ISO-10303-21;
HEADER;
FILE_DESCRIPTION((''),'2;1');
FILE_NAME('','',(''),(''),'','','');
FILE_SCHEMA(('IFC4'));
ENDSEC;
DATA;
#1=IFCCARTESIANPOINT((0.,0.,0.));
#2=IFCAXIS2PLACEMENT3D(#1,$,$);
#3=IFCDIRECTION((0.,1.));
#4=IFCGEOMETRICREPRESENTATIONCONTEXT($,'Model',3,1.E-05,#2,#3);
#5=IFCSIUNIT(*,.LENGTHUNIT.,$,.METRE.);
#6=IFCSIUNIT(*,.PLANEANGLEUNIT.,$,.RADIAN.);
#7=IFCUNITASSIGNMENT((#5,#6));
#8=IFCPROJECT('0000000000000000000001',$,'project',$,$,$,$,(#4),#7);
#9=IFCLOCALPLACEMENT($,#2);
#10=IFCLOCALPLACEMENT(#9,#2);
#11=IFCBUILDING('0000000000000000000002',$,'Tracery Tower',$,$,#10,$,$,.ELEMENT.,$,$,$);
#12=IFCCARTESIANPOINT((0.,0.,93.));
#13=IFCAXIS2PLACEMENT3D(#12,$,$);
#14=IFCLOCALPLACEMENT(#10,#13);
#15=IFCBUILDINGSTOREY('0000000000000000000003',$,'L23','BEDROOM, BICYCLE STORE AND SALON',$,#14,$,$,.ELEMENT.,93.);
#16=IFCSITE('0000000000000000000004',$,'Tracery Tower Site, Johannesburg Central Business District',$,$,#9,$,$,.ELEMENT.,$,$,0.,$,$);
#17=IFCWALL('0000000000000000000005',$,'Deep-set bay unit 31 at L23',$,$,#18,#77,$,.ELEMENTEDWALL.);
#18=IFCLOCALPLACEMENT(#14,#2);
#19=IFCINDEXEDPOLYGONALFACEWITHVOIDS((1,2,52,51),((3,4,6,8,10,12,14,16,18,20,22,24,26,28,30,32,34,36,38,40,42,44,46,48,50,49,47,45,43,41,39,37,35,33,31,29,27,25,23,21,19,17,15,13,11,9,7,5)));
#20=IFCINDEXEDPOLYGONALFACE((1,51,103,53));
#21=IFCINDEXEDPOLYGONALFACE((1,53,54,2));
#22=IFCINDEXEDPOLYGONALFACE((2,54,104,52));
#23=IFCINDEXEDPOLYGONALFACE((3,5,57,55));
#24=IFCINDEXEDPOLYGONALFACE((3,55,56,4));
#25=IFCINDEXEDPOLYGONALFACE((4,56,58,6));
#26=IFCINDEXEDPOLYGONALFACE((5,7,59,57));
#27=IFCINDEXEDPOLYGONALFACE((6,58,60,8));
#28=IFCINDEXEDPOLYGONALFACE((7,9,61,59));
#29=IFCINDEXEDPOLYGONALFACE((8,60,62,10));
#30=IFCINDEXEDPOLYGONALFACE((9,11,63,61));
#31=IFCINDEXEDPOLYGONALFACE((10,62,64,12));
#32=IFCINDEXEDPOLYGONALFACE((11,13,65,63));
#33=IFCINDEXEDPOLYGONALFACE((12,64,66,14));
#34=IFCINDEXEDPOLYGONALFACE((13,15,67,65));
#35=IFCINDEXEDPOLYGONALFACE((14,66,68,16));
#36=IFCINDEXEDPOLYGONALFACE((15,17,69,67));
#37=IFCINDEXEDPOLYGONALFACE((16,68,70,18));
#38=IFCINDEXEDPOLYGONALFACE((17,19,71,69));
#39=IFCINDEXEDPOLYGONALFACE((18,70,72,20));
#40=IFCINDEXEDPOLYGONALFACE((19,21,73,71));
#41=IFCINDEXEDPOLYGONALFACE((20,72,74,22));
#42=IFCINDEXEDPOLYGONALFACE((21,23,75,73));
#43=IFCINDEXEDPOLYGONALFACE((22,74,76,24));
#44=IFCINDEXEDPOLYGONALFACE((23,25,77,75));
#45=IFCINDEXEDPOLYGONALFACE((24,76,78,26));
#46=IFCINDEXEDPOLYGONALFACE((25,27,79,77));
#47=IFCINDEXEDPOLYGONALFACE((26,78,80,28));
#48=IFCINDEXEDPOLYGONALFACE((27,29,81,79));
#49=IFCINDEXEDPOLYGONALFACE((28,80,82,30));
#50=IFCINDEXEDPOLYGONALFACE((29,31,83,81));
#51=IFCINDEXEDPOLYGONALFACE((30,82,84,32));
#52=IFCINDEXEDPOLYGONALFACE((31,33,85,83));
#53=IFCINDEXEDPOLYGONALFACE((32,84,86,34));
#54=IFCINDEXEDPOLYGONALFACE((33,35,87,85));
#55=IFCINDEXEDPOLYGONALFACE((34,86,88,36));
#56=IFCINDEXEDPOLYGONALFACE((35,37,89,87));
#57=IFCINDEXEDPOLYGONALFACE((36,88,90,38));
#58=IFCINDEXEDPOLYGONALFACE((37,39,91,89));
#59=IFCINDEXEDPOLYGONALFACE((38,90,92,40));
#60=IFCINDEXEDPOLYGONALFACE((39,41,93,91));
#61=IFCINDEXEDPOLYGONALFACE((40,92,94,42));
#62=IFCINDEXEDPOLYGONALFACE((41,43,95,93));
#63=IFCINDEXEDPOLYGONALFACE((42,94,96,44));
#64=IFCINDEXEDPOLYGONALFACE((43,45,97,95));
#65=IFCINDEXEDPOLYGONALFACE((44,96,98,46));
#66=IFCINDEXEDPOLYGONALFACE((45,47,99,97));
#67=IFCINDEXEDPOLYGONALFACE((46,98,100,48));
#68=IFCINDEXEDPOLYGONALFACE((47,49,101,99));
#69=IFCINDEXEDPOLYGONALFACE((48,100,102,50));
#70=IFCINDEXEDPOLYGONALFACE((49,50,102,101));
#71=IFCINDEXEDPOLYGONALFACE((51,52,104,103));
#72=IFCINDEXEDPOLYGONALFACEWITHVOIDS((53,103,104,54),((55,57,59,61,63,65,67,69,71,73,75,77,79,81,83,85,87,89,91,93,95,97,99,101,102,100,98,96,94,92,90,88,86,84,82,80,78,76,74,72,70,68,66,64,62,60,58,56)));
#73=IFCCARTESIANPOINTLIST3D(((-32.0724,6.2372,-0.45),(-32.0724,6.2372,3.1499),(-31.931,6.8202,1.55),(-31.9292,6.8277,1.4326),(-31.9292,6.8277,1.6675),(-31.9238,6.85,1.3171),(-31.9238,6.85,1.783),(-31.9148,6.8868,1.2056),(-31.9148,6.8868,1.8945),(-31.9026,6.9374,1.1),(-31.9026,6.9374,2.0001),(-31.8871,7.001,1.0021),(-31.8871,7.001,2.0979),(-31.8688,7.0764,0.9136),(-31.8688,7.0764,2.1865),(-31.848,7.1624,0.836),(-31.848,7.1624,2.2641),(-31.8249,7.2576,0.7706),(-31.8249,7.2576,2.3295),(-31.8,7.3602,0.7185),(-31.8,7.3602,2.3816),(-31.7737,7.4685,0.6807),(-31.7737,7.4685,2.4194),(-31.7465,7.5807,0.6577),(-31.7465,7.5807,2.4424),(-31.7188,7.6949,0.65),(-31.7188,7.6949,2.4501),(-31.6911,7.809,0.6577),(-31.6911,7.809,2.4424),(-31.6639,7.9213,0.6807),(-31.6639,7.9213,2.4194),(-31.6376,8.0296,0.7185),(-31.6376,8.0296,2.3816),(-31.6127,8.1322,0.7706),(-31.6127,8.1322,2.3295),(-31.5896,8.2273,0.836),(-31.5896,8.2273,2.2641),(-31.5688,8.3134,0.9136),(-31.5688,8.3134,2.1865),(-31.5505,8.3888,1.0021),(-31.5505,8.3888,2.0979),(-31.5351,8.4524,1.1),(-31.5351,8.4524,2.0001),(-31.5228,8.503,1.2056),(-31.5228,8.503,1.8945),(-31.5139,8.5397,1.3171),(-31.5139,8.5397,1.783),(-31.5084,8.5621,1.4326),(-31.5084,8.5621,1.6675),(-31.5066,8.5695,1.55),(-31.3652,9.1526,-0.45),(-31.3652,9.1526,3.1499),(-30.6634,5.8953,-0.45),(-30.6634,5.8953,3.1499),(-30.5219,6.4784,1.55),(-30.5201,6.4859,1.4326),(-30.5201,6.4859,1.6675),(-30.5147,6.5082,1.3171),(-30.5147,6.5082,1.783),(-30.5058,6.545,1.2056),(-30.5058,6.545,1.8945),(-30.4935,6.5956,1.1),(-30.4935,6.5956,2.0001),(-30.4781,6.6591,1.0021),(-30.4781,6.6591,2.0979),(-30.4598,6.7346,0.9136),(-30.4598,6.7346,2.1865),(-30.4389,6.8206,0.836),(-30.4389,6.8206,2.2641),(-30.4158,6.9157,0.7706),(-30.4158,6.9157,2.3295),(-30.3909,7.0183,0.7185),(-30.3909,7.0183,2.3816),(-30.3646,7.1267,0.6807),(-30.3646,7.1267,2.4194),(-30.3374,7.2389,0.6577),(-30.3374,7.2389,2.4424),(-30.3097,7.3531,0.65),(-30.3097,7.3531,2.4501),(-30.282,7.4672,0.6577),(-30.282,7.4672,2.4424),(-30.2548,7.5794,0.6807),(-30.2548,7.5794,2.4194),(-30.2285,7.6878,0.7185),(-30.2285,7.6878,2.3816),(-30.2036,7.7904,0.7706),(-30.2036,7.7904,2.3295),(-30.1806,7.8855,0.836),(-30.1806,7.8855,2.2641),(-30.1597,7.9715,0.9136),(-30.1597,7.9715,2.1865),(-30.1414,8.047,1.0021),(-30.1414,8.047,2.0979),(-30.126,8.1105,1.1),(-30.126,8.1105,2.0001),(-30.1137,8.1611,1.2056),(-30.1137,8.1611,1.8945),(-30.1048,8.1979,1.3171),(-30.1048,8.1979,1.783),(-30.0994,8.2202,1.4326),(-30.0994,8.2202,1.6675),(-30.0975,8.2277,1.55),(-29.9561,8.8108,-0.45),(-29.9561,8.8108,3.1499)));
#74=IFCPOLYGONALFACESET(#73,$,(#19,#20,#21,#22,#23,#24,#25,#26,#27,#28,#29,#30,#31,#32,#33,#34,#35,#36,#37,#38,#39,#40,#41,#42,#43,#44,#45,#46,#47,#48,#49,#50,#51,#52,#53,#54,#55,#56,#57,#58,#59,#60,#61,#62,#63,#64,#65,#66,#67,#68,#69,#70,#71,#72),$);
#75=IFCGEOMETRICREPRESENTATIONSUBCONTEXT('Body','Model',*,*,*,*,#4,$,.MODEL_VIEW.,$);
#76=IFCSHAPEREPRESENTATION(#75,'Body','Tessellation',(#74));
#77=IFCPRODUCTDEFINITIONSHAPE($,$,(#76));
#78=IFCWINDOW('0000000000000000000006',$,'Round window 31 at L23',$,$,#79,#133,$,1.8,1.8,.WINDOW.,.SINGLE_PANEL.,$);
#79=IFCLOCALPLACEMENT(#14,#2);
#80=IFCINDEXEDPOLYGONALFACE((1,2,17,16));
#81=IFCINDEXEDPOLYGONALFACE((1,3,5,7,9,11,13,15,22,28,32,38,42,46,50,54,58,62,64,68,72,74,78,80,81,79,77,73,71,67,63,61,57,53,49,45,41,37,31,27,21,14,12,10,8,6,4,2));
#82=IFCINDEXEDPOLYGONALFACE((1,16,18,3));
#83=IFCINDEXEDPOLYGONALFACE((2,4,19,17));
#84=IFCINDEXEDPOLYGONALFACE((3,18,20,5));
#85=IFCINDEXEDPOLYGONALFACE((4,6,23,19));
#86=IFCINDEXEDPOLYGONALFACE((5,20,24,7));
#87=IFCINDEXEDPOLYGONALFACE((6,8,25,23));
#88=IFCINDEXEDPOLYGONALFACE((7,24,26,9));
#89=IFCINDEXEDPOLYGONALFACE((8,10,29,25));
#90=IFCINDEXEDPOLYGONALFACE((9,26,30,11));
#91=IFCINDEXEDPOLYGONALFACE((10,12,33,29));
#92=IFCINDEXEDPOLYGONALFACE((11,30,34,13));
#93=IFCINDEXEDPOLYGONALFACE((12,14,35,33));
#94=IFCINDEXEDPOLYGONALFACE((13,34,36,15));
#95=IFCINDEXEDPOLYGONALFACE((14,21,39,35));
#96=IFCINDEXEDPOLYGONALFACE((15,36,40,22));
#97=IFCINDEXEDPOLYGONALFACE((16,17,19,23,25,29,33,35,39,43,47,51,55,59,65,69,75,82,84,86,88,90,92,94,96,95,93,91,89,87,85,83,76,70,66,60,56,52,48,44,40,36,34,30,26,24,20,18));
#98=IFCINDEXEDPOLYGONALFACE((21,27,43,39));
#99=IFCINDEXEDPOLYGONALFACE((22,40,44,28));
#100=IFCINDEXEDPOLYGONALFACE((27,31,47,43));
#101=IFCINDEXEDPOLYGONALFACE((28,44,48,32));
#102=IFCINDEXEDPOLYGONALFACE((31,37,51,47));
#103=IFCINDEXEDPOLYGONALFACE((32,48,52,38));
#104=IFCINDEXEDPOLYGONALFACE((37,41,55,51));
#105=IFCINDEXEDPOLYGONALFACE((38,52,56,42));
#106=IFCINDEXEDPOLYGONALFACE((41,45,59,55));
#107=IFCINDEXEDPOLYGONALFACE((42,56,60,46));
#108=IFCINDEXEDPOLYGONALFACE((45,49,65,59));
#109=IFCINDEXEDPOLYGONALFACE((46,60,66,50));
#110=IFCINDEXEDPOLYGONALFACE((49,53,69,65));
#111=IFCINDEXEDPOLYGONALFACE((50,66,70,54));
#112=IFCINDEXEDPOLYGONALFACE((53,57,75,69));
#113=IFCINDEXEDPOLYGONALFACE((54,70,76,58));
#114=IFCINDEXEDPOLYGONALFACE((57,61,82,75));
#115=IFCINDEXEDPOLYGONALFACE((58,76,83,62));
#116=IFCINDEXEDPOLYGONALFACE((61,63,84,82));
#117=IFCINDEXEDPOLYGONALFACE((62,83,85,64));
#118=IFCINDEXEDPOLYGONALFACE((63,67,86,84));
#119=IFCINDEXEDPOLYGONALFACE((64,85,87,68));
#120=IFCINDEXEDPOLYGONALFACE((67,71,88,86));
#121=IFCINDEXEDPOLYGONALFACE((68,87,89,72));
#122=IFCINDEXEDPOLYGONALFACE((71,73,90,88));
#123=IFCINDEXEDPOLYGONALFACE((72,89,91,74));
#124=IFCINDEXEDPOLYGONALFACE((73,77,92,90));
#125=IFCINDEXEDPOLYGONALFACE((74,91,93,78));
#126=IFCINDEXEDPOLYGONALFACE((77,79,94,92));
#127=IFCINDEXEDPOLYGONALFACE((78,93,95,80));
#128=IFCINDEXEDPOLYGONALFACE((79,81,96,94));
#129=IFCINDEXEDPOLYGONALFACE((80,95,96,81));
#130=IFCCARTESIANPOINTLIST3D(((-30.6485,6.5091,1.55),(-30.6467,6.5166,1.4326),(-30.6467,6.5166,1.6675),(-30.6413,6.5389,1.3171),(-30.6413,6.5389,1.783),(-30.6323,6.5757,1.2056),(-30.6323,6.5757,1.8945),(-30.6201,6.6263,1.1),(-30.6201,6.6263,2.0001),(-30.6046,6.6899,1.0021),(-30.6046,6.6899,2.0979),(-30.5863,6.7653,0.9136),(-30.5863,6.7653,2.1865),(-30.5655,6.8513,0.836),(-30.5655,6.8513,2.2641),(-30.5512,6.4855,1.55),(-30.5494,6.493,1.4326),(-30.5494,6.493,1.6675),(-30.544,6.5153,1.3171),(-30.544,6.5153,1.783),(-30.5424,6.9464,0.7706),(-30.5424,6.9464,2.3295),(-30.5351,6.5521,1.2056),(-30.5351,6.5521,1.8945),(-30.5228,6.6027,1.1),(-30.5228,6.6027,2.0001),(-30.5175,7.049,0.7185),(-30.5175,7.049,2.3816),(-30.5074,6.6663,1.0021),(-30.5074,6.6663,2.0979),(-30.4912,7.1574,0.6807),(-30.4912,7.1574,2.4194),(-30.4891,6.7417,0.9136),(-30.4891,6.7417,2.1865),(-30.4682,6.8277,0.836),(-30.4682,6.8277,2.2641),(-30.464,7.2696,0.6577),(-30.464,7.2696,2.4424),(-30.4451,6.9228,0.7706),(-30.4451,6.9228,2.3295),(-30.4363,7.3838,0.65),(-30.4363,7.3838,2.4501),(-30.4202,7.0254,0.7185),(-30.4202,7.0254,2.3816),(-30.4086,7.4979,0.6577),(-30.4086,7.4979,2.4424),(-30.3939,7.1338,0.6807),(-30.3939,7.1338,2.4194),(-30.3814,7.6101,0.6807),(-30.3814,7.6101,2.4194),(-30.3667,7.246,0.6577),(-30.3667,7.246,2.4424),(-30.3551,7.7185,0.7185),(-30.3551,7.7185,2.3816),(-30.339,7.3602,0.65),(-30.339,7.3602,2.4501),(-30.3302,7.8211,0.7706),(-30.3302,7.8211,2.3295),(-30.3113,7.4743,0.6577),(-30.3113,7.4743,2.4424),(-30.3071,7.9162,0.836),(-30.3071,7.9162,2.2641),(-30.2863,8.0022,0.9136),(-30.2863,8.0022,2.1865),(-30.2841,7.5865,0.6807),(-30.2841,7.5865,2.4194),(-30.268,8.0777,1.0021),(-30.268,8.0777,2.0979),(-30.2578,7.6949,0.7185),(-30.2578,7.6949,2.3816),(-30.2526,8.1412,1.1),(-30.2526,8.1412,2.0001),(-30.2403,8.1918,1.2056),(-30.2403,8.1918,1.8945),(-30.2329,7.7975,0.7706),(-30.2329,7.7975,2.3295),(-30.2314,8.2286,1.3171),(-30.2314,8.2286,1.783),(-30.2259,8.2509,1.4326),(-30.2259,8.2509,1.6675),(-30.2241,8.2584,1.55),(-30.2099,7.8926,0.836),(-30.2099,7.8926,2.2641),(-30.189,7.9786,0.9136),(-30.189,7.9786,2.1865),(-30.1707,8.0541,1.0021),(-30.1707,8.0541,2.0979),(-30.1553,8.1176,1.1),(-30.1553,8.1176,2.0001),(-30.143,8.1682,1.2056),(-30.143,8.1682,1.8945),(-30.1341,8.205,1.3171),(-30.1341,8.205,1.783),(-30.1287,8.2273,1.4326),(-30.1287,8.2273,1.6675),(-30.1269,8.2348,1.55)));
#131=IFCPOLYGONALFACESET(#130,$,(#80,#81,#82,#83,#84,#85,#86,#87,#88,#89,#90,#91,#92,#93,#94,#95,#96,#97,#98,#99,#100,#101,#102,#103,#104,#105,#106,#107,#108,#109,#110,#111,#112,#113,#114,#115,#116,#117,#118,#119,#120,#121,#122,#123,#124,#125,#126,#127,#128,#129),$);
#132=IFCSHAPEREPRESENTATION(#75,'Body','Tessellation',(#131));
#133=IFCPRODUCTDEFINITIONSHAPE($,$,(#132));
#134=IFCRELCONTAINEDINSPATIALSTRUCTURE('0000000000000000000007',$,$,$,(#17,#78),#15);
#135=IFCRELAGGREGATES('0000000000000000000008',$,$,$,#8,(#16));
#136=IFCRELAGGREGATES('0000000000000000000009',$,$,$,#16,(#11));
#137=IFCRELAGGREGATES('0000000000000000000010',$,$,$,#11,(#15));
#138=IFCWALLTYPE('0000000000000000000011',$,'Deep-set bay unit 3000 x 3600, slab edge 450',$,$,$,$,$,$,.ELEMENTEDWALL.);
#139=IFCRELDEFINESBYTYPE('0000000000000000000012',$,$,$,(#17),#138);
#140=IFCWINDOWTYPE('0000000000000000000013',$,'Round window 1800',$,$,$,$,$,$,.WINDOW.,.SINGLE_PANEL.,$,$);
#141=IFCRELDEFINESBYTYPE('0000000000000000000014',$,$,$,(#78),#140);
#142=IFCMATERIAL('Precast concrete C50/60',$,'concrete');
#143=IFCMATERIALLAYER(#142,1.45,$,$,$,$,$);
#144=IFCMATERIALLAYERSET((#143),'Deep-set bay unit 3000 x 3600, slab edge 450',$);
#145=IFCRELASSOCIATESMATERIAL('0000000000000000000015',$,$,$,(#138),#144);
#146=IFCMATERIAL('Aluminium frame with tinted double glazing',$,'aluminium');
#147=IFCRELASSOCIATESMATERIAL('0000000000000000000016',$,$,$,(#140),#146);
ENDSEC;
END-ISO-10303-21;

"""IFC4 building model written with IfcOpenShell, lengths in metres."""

from ifc_helpers import new_model, si_unit, direction, frame, frame_2d, origin, origin_2d, place, context, subcontext, project, spatial, rectangle, circle, extrude, material, layer, layer_set, type_object, element, fill, save


model = new_model("IFC4")

# Units and contexts
model_context = context("Model", 3, precision=1e-05, world=origin(), true_north=direction((0.0, 1.0)))
body_context = subcontext(model_context, "Body", "Model", "MODEL_VIEW")
ifc_project = project(units=[si_unit("LENGTHUNIT", "METRE"), si_unit("PLANEANGLEUNIT", "RADIAN")], contexts=[model_context])

# Site, building, storey
site_placement = place(None, origin())
site = spatial("IfcSite", under=ifc_project, at=site_placement, Name="Tracery Tower Site, Johannesburg Central Business District", CompositionType="ELEMENT", RefElevation=0.0)
building_placement = place(site_placement, origin())
building = spatial("IfcBuilding", under=site, at=building_placement, Name="Tracery Tower", CompositionType="ELEMENT")
storey_placement = place(building_placement, frame((0.0, 0.0, 93.0)))
storey = spatial("IfcBuildingStorey", under=building, at=storey_placement, Name="L23", Description="BEDROOM, BICYCLE STORE AND SALON", CompositionType="ELEMENT", Elevation=93.0)

# Wall, opening, window
ifc_material_1 = material(Name="Precast concrete C50/60", Category="concrete")
ifc_layer_1 = layer(ifc_material_1, 1.45)
ifc_layer_set_1 = layer_set([ifc_layer_1], Name="Deep-set bay unit 3000 x 3600, slab edge 450")
wall_type_1 = type_object("IfcWallType", Name="Deep-set bay unit 3000 x 3600, slab edge 450", PredefinedType="ELEMENTEDWALL", material=ifc_layer_set_1)
wall_1_placement = place(storey_placement, frame((-30.6606, 8.9817, -0.45), z_axis=(0.0, 0.0, 1.0), x_axis=(-0.235751, -0.971813, 0.0)))
wall_1 = element("IfcWall", 1, at=wall_1_placement, inside=storey, type_object=wall_type_1, Name="Deep-set bay unit 31 at L23", PredefinedType="ELEMENTEDWALL", context=body_context, shape_type="SweptSolid", body=[
    extrude(rectangle(XDim=3.0, YDim=1.45, at=frame_2d((1.5, 0.0))), origin(), (0.0, 0.0, 1.0), 3.5999),
])
opening_1_placement = place(wall_1_placement, frame((1.5, 0.0, 2.0)))
opening_1 = element("IfcOpeningElement", 2, at=opening_1_placement, cuts=wall_1, PredefinedType="OPENING", context=body_context, shape_type="SweptSolid", body=[
    extrude(circle(Radius=0.9, at=origin_2d()), frame((0.0, 0.7349, 0.0), z_axis=(0.0, -1.0, 0.0), x_axis=(1.0, 0.0, 0.0)), (0.0, 0.0, 1.0), 1.47),
])
ifc_material_2 = material(Name="Aluminium frame with tinted double glazing", Category="aluminium")
window_type = type_object("IfcWindowType", Name="Round window 1800", PartitioningType="SINGLE_PANEL", PredefinedType="WINDOW", material=ifc_material_2)
window_1_placement = place(opening_1_placement, origin())
window_1 = element("IfcWindow", 3, at=window_1_placement, inside=storey, type_object=window_type, Name="Round window 31 at L23", OverallHeight=1.8, OverallWidth=1.8, PartitioningType="SINGLE_PANEL", PredefinedType="WINDOW", context=body_context, shape_type="SweptSolid", body=[
    extrude(circle(Radius=0.9, at=origin_2d()), frame((0.0, 0.6948, 0.0), z_axis=(0.0, -1.0, 0.0), x_axis=(1.0, 0.0, 0.0)), (0.0, 0.0, 1.0), 0.1001),
])
fill(opening_1, window_1)

save(model, "model.ifc")
